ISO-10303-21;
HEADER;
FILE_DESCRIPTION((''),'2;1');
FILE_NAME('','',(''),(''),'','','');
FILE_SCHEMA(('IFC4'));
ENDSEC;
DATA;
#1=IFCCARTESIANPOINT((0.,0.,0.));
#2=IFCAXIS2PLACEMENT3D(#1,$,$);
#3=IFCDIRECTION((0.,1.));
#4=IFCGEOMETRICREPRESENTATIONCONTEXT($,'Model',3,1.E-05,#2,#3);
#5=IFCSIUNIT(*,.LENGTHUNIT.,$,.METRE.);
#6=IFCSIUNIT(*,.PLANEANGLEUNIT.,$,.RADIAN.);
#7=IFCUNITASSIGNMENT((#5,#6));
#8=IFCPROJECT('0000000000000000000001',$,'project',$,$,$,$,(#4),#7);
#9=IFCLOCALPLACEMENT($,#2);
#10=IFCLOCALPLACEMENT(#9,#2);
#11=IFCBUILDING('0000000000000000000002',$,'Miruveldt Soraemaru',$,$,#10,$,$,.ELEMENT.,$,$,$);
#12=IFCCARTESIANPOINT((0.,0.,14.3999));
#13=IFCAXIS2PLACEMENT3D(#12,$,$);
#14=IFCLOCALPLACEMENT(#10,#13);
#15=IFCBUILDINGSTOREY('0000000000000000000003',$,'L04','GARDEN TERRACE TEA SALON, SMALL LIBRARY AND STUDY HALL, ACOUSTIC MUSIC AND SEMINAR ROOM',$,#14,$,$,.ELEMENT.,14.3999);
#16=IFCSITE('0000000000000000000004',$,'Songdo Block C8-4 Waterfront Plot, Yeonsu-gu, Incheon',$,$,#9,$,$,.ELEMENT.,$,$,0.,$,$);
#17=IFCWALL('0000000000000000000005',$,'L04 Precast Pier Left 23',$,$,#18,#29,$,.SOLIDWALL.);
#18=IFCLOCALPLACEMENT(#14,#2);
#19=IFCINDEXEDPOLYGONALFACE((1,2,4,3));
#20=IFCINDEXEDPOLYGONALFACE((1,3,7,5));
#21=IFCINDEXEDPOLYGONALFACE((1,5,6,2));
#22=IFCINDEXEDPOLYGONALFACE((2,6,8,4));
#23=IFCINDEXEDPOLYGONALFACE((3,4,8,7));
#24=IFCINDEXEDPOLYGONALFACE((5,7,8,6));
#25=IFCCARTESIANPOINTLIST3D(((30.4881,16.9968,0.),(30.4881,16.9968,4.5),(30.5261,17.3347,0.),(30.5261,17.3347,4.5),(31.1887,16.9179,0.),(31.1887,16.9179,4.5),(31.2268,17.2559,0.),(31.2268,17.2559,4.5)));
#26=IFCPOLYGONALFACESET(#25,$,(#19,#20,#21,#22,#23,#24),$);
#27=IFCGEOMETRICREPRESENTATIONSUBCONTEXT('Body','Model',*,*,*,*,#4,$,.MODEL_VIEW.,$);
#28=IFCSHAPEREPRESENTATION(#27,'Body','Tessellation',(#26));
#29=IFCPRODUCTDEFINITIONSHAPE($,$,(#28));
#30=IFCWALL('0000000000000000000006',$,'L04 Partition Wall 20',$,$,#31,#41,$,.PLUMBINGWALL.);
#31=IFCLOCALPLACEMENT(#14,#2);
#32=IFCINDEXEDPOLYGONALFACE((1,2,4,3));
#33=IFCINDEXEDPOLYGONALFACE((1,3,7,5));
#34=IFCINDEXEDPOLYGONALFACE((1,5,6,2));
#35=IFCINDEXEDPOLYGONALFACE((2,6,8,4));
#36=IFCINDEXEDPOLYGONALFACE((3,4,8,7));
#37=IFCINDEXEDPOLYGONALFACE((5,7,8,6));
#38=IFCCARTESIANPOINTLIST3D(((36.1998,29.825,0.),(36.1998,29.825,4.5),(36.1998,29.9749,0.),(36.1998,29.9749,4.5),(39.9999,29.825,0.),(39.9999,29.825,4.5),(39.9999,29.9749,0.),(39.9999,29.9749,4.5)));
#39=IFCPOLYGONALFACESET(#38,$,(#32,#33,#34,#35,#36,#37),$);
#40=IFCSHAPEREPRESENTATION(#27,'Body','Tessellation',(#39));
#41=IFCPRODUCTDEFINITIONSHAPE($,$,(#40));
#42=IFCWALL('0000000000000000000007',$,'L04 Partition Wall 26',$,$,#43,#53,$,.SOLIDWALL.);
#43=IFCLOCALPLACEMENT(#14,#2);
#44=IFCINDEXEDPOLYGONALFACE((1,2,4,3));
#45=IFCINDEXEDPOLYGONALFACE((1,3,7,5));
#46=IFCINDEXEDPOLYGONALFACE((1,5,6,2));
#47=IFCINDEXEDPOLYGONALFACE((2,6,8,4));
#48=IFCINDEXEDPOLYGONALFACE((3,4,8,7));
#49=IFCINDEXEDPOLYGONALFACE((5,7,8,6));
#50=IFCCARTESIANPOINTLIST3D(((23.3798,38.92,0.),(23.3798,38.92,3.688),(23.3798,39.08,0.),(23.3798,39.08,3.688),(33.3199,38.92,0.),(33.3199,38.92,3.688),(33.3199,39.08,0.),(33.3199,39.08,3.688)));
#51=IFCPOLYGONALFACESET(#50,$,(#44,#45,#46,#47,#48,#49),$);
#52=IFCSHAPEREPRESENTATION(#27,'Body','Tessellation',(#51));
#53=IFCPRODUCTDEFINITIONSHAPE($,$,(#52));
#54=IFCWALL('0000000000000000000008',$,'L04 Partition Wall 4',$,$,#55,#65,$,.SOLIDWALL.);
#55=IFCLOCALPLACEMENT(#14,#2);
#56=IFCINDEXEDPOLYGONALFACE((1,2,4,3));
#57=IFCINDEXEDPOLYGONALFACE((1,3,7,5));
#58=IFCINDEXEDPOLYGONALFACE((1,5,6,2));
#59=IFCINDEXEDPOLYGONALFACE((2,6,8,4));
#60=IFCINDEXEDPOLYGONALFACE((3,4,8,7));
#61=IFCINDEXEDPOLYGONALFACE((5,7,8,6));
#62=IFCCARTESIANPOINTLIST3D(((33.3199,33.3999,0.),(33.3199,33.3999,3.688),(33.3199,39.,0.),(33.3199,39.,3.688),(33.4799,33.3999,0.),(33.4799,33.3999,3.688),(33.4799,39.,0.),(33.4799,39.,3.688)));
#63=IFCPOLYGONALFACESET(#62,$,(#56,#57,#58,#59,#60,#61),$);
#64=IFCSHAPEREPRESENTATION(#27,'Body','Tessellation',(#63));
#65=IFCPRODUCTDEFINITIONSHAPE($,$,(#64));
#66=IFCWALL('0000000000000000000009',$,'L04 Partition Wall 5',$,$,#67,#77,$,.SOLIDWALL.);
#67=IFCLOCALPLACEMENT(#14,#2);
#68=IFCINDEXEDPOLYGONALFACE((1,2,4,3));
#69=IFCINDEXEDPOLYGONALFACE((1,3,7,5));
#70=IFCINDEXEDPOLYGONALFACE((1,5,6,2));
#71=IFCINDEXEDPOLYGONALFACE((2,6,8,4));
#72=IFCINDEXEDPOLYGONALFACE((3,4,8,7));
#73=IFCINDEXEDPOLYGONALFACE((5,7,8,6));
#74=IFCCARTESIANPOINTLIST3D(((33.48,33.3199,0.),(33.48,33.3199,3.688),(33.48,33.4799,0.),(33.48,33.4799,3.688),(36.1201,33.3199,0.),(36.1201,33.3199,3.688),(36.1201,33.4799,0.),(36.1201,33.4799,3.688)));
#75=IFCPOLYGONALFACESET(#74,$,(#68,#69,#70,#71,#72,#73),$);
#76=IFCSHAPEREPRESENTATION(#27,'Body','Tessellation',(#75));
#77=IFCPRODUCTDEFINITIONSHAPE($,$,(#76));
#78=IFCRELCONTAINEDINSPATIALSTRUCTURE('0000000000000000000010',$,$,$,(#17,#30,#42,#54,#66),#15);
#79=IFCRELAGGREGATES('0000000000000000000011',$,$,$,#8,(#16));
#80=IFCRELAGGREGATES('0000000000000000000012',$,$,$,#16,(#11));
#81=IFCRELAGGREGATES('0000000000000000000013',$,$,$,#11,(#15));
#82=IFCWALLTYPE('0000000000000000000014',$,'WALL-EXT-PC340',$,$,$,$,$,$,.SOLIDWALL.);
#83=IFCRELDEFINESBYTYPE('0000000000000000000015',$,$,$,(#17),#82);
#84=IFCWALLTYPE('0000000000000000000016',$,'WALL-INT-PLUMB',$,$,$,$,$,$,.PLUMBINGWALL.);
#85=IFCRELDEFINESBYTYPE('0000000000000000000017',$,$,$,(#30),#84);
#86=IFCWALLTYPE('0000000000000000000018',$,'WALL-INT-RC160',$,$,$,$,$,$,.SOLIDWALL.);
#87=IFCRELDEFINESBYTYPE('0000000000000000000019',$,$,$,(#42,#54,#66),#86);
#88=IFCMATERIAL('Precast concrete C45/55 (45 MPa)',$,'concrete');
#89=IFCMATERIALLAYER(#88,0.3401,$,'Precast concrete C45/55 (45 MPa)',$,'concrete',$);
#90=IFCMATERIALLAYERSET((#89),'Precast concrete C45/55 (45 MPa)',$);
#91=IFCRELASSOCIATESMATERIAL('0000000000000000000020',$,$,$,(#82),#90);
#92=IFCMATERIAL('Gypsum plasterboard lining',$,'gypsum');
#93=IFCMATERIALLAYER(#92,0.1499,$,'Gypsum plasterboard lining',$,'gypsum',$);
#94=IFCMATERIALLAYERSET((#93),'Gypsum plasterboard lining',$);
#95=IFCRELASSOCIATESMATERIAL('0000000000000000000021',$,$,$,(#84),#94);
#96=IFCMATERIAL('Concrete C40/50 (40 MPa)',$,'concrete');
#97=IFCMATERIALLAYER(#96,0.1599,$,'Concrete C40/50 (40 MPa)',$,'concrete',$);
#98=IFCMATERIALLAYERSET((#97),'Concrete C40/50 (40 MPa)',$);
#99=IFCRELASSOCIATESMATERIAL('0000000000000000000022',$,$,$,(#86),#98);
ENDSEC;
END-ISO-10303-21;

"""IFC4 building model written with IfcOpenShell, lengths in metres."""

from ifc_helpers import new_model, si_unit, direction, frame, frame_2d, origin, place, context, subcontext, project, spatial, rectangle, extrude, material, layer, layer_set, type_object, element, save


model = new_model("IFC4")

# Units and contexts
model_context = context("Model", 3, precision=1e-05, world=origin(), true_north=direction((0.0, 1.0)))
body_context = subcontext(model_context, "Body", "Model", "MODEL_VIEW")
ifc_project = project(units=[si_unit("LENGTHUNIT", "METRE"), si_unit("PLANEANGLEUNIT", "RADIAN")], contexts=[model_context])

# Site, building, storey
site_placement = place(None, origin())
site = spatial("IfcSite", under=ifc_project, at=site_placement, Name="Songdo Block C8-4 Waterfront Plot, Yeonsu-gu, Incheon", CompositionType="ELEMENT", RefElevation=0.0)
building_placement = place(site_placement, origin())
building = spatial("IfcBuilding", under=site, at=building_placement, Name="Miruveldt Soraemaru", CompositionType="ELEMENT")
storey_placement = place(building_placement, frame((0.0, 0.0, 14.3999)))
storey = spatial("IfcBuildingStorey", under=building, at=storey_placement, Name="L04", Description="GARDEN TERRACE TEA SALON, SMALL LIBRARY AND STUDY HALL, ACOUSTIC MUSIC AND SEMINAR ROOM", CompositionType="ELEMENT", Elevation=14.3999)

# Walls
ifc_material_1 = material(Name="Precast concrete C45/55 (45 MPa)", Category="concrete")
ifc_layer_1 = layer(ifc_material_1, 0.3401, Name="Precast concrete C45/55 (45 MPa)", Category="concrete")
ifc_layer_set_1 = layer_set([ifc_layer_1], Name="Precast concrete C45/55 (45 MPa)")
wall_type_1 = type_object("IfcWallType", Name="WALL-EXT-PC340", PredefinedType="SOLIDWALL", material=ifc_layer_set_1)
wall_1_placement = place(storey_placement, frame((30.5071, 17.1658, 0.0), z_axis=(0.0, 0.0, 1.0), x_axis=(0.993727, -0.111838, 0.0)))
element("IfcWall", 1, at=wall_1_placement, inside=storey, type_object=wall_type_1, Name="L04 Precast Pier Left 23", PredefinedType="SOLIDWALL", context=body_context, shape_type="SweptSolid", body=[
    extrude(rectangle(XDim=0.7051, YDim=0.3401, at=frame_2d((0.3525, 0.0))), origin(), (0.0, 0.0, 1.0), 4.5),
])
ifc_material_2 = material(Name="Gypsum plasterboard lining", Category="gypsum")
ifc_layer_2 = layer(ifc_material_2, 0.1499, Name="Gypsum plasterboard lining", Category="gypsum")
ifc_layer_set_2 = layer_set([ifc_layer_2], Name="Gypsum plasterboard lining")
wall_type_2 = type_object("IfcWallType", Name="WALL-INT-PLUMB", PredefinedType="PLUMBINGWALL", material=ifc_layer_set_2)
wall_2_placement = place(storey_placement, frame((36.2, 29.8999, 0.0), z_axis=(0.0, 0.0, 1.0), x_axis=(1.0, 0.0, 0.0)))
element("IfcWall", 2, at=wall_2_placement, inside=storey, type_object=wall_type_2, Name="L04 Partition Wall 20", PredefinedType="PLUMBINGWALL", context=body_context, shape_type="SweptSolid", body=[
    extrude(rectangle(XDim=3.8, YDim=0.1499, at=frame_2d((1.8999, 0.0))), origin(), (0.0, 0.0, 1.0), 4.5),
])
ifc_material_3 = material(Name="Concrete C40/50 (40 MPa)", Category="concrete")
ifc_layer_3 = layer(ifc_material_3, 0.1599, Name="Concrete C40/50 (40 MPa)", Category="concrete")
ifc_layer_set_3 = layer_set([ifc_layer_3], Name="Concrete C40/50 (40 MPa)")
wall_type_3 = type_object("IfcWallType", Name="WALL-INT-RC160", PredefinedType="SOLIDWALL", material=ifc_layer_set_3)
wall_3_placement = place(storey_placement, frame((33.3201, 39.0, 0.0), z_axis=(0.0, 0.0, 1.0), x_axis=(-1.0, 0.0, 0.0)))
element("IfcWall", 3, at=wall_3_placement, inside=storey, type_object=wall_type_3, Name="L04 Partition Wall 26", PredefinedType="SOLIDWALL", context=body_context, shape_type="SweptSolid", body=[
    extrude(rectangle(XDim=9.9402, YDim=0.1599, at=frame_2d((4.9702, 0.0))), origin(), (0.0, 0.0, 1.0), 3.688),
])
wall_4_placement = place(storey_placement, frame((33.3999, 39.0, 0.0), z_axis=(0.0, 0.0, 1.0), x_axis=(0.0, -1.0, 0.0)))
element("IfcWall", 4, at=wall_4_placement, inside=storey, type_object=wall_type_3, Name="L04 Partition Wall 4", PredefinedType="SOLIDWALL", context=body_context, shape_type="SweptSolid", body=[
    extrude(rectangle(XDim=5.6001, YDim=0.1599, at=frame_2d((2.8, 0.0))), origin(), (0.0, 0.0, 1.0), 3.688),
])
wall_5_placement = place(storey_placement, frame((33.48, 33.3999, 0.0), z_axis=(0.0, 0.0, 1.0), x_axis=(1.0, 0.0, 0.0)))
element("IfcWall", 5, at=wall_5_placement, inside=storey, type_object=wall_type_3, Name="L04 Partition Wall 5", PredefinedType="SOLIDWALL", context=body_context, shape_type="SweptSolid", body=[
    extrude(rectangle(XDim=2.6401, YDim=0.1599, at=frame_2d((1.3201, 0.0))), origin(), (0.0, 0.0, 1.0), 3.688),
])

save(model, "model.ifc")
